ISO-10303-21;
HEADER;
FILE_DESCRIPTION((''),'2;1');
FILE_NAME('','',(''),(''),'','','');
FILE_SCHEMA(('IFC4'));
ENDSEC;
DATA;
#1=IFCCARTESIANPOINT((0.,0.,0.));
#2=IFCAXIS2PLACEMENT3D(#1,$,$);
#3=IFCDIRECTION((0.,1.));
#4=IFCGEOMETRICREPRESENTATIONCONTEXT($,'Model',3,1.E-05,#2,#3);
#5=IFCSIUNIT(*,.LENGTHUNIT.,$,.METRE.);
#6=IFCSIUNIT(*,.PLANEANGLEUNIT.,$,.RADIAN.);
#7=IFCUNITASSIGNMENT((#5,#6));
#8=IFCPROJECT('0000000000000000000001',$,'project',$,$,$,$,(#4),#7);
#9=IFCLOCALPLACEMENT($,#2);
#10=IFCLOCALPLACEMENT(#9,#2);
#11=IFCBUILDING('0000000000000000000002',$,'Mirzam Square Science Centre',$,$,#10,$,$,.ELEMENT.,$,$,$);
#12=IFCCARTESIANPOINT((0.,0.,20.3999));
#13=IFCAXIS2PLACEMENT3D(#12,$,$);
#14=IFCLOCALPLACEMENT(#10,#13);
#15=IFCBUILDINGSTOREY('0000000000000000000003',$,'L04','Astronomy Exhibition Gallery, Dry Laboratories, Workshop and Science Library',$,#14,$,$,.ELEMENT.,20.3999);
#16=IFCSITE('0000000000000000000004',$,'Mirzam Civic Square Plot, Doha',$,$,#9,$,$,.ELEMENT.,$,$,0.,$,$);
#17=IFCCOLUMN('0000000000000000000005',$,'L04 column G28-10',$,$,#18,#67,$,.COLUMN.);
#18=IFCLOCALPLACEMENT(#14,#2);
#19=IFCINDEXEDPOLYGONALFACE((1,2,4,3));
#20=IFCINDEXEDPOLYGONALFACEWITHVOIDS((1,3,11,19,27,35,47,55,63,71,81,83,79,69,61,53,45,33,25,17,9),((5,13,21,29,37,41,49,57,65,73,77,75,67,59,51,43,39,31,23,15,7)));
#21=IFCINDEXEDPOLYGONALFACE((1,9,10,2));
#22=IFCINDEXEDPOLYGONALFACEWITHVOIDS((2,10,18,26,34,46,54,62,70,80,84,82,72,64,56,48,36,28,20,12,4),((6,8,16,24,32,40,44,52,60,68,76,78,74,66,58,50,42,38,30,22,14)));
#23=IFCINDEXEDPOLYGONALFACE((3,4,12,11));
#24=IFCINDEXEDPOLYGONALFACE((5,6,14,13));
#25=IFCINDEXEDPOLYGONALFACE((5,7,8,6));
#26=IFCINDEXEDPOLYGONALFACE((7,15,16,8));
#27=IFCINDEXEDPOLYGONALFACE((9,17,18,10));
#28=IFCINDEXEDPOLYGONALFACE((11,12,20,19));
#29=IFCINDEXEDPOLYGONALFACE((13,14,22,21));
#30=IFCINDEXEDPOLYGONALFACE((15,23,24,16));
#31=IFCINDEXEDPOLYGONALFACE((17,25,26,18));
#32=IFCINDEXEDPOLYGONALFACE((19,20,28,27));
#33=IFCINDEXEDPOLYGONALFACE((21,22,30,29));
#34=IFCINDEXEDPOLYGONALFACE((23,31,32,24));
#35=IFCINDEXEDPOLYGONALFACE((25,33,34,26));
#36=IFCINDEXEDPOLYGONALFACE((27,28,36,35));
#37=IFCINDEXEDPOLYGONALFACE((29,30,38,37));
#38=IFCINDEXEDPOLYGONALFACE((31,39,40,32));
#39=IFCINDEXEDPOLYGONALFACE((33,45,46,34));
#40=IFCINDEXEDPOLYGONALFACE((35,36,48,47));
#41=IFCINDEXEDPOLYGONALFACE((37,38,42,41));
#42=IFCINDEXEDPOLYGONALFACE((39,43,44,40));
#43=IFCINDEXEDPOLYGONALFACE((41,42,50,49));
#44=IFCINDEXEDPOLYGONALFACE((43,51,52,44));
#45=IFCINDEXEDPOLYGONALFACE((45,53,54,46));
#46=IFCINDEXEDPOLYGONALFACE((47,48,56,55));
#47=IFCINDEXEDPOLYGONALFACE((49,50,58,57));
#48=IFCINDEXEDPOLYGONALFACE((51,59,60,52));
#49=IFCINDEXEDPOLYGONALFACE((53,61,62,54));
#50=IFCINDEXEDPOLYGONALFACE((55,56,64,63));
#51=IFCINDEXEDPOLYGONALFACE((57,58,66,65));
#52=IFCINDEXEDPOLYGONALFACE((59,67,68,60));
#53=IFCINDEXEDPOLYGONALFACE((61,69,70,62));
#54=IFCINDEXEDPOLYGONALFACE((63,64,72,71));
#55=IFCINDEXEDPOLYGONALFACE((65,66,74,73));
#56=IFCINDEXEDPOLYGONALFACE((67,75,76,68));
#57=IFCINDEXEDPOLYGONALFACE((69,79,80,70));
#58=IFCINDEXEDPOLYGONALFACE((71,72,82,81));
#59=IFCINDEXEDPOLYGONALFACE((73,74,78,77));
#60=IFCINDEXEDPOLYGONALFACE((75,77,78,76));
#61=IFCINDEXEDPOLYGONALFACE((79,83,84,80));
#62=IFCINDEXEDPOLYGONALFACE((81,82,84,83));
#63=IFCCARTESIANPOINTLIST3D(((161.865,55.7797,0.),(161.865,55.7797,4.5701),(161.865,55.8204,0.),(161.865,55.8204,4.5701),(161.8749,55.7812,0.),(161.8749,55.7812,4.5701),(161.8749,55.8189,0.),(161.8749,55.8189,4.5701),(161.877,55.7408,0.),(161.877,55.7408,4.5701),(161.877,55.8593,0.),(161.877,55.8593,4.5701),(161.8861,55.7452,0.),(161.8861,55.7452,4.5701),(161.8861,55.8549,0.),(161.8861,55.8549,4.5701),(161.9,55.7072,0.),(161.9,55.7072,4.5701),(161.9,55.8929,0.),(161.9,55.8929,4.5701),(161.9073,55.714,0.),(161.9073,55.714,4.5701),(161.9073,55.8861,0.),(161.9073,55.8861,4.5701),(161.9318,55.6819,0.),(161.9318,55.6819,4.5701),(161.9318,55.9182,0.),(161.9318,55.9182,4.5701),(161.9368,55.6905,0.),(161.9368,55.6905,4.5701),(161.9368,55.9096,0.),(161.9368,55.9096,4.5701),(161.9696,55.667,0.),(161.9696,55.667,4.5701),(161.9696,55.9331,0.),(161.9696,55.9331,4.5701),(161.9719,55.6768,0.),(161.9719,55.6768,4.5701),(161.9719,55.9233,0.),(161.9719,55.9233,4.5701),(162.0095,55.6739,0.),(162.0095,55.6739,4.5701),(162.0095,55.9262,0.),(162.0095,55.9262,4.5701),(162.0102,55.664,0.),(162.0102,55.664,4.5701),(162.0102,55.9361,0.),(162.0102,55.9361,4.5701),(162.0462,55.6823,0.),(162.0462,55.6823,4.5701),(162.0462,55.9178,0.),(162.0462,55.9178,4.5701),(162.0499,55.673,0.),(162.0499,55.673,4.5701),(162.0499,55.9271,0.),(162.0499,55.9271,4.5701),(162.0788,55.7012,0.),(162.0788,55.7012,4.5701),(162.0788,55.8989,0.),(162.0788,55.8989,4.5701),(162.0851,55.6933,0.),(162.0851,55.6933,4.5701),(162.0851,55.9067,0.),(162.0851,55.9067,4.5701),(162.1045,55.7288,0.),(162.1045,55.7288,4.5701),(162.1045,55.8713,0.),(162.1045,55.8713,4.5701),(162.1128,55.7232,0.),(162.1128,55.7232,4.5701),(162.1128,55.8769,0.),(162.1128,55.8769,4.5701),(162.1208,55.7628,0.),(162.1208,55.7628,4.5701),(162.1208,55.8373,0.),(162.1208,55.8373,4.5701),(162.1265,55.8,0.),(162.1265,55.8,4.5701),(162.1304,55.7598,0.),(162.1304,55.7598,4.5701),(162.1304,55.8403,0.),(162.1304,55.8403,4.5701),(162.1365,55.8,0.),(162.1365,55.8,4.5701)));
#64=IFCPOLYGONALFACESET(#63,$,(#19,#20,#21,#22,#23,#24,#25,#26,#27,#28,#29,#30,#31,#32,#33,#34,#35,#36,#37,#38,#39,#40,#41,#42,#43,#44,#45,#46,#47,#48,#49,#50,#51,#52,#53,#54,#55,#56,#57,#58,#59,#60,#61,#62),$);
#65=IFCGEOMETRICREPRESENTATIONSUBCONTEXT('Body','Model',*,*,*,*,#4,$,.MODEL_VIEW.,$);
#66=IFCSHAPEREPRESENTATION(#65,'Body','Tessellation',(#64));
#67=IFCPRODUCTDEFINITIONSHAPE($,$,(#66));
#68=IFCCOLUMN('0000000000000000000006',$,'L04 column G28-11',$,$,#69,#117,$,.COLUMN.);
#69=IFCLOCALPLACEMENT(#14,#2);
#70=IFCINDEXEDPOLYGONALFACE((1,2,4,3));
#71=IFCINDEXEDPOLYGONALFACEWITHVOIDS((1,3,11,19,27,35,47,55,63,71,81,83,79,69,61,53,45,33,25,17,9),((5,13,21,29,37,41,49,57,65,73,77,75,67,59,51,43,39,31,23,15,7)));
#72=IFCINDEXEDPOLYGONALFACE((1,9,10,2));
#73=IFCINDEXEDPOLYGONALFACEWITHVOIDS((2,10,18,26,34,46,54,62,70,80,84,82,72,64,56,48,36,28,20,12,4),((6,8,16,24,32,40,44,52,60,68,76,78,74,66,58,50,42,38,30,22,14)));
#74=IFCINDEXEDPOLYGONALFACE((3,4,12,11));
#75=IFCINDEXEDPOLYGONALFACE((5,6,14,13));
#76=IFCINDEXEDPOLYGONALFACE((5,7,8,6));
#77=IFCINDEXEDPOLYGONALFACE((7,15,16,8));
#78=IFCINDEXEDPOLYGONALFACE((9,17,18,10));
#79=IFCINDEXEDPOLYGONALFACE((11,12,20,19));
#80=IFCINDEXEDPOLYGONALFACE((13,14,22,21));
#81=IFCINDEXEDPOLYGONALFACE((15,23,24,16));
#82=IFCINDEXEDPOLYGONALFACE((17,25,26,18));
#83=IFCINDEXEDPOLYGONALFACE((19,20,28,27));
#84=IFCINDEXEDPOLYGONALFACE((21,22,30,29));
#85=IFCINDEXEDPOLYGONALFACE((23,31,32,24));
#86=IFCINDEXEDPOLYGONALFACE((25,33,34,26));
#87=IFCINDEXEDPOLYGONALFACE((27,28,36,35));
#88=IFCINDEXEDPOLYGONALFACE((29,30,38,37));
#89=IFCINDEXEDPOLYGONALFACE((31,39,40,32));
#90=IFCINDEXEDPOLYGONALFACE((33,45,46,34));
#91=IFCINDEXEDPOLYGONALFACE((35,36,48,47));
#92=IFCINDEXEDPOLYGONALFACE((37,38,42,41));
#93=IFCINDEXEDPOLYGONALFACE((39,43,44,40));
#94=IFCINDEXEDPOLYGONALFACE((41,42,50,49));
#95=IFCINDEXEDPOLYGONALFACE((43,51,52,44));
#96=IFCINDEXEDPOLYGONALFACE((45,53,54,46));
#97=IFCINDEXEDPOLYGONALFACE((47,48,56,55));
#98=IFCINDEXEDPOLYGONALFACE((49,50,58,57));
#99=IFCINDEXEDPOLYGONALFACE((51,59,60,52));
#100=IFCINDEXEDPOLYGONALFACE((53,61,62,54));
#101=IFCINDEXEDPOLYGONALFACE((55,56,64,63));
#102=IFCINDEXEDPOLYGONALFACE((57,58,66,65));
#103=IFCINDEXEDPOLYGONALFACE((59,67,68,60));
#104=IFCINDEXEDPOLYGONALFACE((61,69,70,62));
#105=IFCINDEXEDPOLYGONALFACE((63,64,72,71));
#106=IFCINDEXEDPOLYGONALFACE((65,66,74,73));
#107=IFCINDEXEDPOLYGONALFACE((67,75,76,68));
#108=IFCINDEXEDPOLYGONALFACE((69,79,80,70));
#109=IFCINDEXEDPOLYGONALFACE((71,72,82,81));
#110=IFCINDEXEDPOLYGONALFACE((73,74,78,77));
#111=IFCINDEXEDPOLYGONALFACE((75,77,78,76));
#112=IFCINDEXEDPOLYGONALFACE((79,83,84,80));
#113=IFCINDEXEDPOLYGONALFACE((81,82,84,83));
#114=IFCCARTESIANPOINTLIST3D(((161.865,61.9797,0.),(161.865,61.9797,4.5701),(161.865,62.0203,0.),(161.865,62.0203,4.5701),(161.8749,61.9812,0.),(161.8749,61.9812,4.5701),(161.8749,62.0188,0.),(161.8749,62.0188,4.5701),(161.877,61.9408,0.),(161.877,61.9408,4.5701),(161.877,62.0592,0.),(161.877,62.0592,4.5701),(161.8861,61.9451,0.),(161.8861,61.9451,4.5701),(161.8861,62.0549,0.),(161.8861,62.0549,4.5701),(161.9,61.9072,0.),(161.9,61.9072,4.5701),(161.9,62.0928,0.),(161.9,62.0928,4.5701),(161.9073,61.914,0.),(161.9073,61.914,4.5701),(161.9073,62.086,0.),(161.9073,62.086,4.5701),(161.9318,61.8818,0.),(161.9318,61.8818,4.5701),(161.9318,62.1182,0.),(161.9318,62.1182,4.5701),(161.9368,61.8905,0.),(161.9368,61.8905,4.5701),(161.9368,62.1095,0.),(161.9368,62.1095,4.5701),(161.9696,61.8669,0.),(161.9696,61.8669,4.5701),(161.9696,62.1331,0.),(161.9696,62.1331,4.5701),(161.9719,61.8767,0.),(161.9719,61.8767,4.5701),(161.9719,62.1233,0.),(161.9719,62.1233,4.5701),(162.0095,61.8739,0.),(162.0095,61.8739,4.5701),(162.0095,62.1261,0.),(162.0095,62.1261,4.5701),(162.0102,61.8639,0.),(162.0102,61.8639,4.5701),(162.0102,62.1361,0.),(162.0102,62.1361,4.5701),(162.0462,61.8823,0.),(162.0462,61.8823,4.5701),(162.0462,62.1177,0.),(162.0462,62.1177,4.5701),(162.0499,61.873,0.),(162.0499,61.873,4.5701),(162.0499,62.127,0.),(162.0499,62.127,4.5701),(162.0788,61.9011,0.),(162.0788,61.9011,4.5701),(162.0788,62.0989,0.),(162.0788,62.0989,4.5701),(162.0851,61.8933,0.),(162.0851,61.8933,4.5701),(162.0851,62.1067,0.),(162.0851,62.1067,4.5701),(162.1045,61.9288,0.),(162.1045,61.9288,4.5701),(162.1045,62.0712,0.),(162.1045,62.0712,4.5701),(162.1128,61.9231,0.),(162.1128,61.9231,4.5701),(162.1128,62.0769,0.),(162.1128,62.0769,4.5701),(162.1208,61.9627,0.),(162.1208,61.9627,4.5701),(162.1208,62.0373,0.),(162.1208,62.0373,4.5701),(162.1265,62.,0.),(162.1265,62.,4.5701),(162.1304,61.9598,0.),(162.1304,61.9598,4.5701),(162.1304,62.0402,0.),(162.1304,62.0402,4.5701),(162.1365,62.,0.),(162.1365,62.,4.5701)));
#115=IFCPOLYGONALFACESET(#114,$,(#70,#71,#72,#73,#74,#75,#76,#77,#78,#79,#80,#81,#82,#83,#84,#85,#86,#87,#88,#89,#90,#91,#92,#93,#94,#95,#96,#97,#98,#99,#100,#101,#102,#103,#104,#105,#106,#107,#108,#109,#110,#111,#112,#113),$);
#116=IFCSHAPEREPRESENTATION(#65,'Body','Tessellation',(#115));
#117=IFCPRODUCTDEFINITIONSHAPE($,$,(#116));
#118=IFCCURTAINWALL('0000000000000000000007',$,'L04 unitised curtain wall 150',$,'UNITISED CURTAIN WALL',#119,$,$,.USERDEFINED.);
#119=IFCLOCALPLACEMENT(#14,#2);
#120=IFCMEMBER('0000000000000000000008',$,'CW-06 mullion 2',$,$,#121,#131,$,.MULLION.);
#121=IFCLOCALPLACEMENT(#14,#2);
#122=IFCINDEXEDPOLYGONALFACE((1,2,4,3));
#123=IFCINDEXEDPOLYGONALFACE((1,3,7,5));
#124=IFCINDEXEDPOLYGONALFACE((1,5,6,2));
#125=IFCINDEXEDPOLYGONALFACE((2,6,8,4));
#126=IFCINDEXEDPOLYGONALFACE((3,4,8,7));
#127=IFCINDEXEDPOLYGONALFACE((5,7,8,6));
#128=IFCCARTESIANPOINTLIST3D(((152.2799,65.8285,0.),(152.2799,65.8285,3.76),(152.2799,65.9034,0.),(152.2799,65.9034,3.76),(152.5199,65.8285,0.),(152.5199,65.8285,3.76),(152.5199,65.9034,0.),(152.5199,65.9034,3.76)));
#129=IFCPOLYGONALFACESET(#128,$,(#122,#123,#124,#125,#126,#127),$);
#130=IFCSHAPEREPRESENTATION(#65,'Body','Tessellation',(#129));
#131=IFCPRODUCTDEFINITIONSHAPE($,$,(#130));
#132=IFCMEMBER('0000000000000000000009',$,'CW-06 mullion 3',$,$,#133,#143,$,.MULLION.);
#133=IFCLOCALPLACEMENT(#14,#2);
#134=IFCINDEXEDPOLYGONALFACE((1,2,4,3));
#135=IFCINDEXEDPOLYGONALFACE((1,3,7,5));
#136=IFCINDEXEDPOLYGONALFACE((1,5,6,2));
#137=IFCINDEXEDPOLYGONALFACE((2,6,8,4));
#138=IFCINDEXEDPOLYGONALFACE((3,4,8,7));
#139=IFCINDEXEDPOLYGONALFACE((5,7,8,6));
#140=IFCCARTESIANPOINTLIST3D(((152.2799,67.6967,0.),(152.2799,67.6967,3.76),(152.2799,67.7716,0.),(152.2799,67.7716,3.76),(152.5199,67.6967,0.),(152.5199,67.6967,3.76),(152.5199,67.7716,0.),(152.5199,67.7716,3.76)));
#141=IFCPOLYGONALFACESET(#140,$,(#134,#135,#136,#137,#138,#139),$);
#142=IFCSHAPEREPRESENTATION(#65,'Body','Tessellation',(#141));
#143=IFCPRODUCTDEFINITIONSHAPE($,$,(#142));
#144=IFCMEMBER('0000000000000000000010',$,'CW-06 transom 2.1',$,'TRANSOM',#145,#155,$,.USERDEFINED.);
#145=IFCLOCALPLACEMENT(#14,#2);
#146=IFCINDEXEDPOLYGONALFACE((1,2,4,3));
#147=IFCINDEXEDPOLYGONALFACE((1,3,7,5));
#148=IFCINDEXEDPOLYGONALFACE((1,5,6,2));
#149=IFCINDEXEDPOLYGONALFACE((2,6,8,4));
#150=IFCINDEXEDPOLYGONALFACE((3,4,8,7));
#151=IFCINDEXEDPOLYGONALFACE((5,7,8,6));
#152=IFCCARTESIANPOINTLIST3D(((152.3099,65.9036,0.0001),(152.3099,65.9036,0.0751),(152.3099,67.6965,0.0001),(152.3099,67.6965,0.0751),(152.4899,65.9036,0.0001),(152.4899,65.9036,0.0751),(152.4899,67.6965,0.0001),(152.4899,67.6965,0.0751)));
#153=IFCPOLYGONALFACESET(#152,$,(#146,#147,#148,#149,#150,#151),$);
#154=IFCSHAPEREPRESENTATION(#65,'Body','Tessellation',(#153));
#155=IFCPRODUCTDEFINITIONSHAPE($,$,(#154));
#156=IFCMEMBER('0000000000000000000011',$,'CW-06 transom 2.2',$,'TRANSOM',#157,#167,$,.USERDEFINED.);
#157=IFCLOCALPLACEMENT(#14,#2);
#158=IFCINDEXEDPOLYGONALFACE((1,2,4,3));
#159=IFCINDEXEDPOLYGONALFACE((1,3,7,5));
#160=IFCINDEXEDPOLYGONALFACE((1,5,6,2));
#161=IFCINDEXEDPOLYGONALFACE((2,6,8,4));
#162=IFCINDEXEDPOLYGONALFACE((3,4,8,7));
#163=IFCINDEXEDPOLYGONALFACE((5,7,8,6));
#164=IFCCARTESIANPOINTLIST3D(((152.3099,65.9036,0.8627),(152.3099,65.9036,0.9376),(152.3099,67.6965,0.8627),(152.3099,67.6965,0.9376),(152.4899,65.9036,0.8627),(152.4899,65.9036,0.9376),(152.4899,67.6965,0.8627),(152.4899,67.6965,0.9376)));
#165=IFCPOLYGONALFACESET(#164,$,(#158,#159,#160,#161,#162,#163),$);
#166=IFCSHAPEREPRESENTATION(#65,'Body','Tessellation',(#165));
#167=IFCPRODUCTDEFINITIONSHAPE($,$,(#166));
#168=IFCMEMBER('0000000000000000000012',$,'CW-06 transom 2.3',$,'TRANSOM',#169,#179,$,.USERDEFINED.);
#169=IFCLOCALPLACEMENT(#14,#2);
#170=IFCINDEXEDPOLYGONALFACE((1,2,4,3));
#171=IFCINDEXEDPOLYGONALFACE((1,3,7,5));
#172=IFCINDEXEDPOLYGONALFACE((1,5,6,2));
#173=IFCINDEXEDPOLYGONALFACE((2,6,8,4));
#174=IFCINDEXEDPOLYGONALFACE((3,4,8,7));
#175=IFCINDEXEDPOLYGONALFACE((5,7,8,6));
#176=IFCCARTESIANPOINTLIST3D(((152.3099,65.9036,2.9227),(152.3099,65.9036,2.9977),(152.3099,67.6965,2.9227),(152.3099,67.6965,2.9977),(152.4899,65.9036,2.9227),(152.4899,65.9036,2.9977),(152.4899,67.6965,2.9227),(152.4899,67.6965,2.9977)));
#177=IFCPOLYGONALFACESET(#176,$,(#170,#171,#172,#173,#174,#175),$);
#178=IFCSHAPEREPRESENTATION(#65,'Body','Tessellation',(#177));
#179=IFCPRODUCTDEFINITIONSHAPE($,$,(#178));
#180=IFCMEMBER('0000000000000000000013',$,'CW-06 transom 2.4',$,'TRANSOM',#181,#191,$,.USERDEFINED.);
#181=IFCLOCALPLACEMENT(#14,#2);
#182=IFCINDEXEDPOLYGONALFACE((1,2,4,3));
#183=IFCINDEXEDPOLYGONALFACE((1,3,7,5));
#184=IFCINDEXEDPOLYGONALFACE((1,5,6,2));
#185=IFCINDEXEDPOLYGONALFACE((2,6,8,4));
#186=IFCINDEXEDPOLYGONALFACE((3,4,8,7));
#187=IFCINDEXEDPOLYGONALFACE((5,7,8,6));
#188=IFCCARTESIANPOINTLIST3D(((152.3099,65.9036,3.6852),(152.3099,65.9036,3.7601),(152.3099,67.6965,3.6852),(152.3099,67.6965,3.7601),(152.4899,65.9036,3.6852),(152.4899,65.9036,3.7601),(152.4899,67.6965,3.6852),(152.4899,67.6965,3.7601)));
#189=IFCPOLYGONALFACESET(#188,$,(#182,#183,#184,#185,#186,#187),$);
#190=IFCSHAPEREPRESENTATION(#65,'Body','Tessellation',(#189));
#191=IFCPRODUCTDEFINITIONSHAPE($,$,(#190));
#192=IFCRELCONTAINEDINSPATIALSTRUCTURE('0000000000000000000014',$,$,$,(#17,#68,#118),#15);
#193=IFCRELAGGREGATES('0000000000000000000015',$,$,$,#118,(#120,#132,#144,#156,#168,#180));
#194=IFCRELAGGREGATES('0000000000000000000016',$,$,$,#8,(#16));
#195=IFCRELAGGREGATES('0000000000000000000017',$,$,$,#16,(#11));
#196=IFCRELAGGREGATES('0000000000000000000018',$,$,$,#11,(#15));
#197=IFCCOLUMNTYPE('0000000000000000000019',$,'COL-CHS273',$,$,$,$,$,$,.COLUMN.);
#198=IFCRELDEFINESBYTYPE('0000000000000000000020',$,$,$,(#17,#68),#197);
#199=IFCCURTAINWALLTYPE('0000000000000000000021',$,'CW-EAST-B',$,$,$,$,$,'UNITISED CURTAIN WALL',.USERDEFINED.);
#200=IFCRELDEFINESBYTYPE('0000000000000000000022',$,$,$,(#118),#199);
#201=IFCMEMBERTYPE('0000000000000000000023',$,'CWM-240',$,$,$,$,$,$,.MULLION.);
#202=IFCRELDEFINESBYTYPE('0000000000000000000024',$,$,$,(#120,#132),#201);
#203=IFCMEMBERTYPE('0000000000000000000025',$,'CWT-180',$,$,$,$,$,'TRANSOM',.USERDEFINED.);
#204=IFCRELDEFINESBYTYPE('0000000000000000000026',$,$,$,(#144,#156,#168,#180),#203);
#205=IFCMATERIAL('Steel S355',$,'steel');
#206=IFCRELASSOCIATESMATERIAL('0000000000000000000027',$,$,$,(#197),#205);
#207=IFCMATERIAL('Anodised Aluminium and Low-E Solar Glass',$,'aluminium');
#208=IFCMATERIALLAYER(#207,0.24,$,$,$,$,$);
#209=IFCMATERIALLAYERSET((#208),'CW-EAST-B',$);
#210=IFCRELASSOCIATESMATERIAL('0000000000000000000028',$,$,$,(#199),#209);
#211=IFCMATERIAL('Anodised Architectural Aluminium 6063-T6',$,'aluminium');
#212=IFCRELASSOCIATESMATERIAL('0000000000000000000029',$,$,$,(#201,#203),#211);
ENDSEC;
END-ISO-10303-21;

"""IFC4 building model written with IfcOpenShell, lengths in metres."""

from ifc_helpers import new_model, si_unit, direction, frame, origin, origin_2d, place, context, subcontext, project, spatial, rectangle, hollow_circle, extrude, material, layer, layer_set, material_profile, profile_set, type_object, element, aggregate, save


model = new_model("IFC4")

# Units and contexts
model_context = context("Model", 3, precision=1e-05, world=origin(), true_north=direction((0.0, 1.0)))
body_context = subcontext(model_context, "Body", "Model", "MODEL_VIEW")
ifc_project = project(units=[si_unit("LENGTHUNIT", "METRE"), si_unit("PLANEANGLEUNIT", "RADIAN")], contexts=[model_context])

# Site, building, storey
site_placement = place(None, origin())
site = spatial("IfcSite", under=ifc_project, at=site_placement, Name="Mirzam Civic Square Plot, Doha", CompositionType="ELEMENT", RefElevation=0.0)
building_placement = place(site_placement, origin())
building = spatial("IfcBuilding", under=site, at=building_placement, Name="Mirzam Square Science Centre", CompositionType="ELEMENT")
storey_placement = place(building_placement, frame((0.0, 0.0, 20.3999)))
storey = spatial("IfcBuildingStorey", under=building, at=storey_placement, Name="L04", Description="Astronomy Exhibition Gallery, Dry Laboratories, Workshop and Science Library", CompositionType="ELEMENT", Elevation=20.3999)

# Columns
ifc_material_1 = material(Name="Steel S355", Category="steel")
ifc_material_profile_1 = material_profile(ifc_material_1, hollow_circle(Radius=0.1365, WallThickness=0.01, at=origin_2d()), Name="273.0x10.0CHS")
ifc_profile_set_1 = profile_set([ifc_material_profile_1], Name="Steel S355")
column_type = type_object("IfcColumnType", Name="COL-CHS273", PredefinedType="COLUMN", material=ifc_profile_set_1)
for number, where, z_axis, x_axis, name in (
    (1, (162.0, 55.8, 0.0), (0.0, 0.0, 1.0), (1.0, 0.0, 0.0), "L04 column G28-10"),
    (2, (162.0, 62.0, 0.0), (0.0, 0.0, 1.0), (1.0, 0.0, 0.0), "L04 column G28-11"),
):
    element("IfcColumn", number, at=place(storey_placement, frame(where, z_axis=z_axis, x_axis=x_axis)), inside=storey, type_object=column_type, Name=name, PredefinedType="COLUMN", context=body_context, shape_type="SweptSolid", body=[
        extrude(hollow_circle(Radius=0.1365, WallThickness=0.01, at=origin_2d()), origin(), (0.0, 0.0, 1.0), 4.5701),
    ])

# Curtain wall, members
ifc_material_2 = material(Name="Anodised Aluminium and Low-E Solar Glass", Category="aluminium")
ifc_layer_1 = layer(ifc_material_2, 0.24)
ifc_layer_set_1 = layer_set([ifc_layer_1], Name="CW-EAST-B")
curtain_wall_type = type_object("IfcCurtainWallType", Name="CW-EAST-B", ElementType="UNITISED CURTAIN WALL", PredefinedType="USERDEFINED", material=ifc_layer_set_1)
curtain_wall_placement = place(storey_placement, origin())
curtain_wall = element("IfcCurtainWall", 3, at=curtain_wall_placement, inside=storey, type_object=curtain_wall_type, Name="L04 unitised curtain wall 150", ObjectType="UNITISED CURTAIN WALL", PredefinedType="USERDEFINED")
ifc_material_3 = material(Name="Anodised Architectural Aluminium 6063-T6", Category="aluminium")
ifc_material_profile_2 = material_profile(ifc_material_3, rectangle(XDim=0.075, YDim=0.24, at=origin_2d()), Name="ALU-MULL-240x75x5")
ifc_profile_set_2 = profile_set([ifc_material_profile_2], Name="Anodised Architectural Aluminium 6063-T6")
member_type_1 = type_object("IfcMemberType", Name="CWM-240", PredefinedType="MULLION", material=ifc_profile_set_2)
member_1_placement = place(storey_placement, frame((152.3999, 65.866, 0.0), z_axis=(0.0, 0.0, 1.0), x_axis=(0.0, 1.0, 0.0)))
member_1 = element("IfcMember", 4, at=member_1_placement, type_object=member_type_1, Name="CW-06 mullion 2", PredefinedType="MULLION", context=body_context, shape_type="SweptSolid", body=[
    extrude(rectangle(XDim=0.075, YDim=0.24, at=origin_2d()), origin(), (0.0, 0.0, 1.0), 3.76),
])
member_2_placement = place(storey_placement, frame((152.3999, 67.7341, 0.0), z_axis=(0.0, 0.0, 1.0), x_axis=(0.0, 1.0, 0.0)))
member_2 = element("IfcMember", 5, at=member_2_placement, type_object=member_type_1, Name="CW-06 mullion 3", PredefinedType="MULLION", context=body_context, shape_type="SweptSolid", body=[
    extrude(rectangle(XDim=0.075, YDim=0.24, at=origin_2d()), origin(), (0.0, 0.0, 1.0), 3.76),
])
ifc_material_profile_3 = material_profile(ifc_material_3, rectangle(XDim=0.1799, YDim=0.075, at=origin_2d()), Name="ALU-TRAN-180x75x5")
ifc_profile_set_3 = profile_set([ifc_material_profile_3], Name="Anodised Architectural Aluminium 6063-T6")
member_type_2 = type_object("IfcMemberType", Name="CWT-180", ElementType="TRANSOM", PredefinedType="USERDEFINED", material=ifc_profile_set_3)
member_3_placement = place(storey_placement, frame((152.3999, 65.9036, 0.0376), z_axis=(0.0, 1.0, 0.0), x_axis=(-1.0, 0.0, 0.0)))
member_3 = element("IfcMember", 6, at=member_3_placement, type_object=member_type_2, Name="CW-06 transom 2.1", ObjectType="TRANSOM", PredefinedType="USERDEFINED", context=body_context, shape_type="SweptSolid", body=[
    extrude(rectangle(XDim=0.1799, YDim=0.075, at=origin_2d()), origin(), (0.0, 0.0, 1.0), 1.793),
])
member_4_placement = place(storey_placement, frame((152.3999, 65.9036, 0.9001), z_axis=(0.0, 1.0, 0.0), x_axis=(-1.0, 0.0, 0.0)))
member_4 = element("IfcMember", 7, at=member_4_placement, type_object=member_type_2, Name="CW-06 transom 2.2", ObjectType="TRANSOM", PredefinedType="USERDEFINED", context=body_context, shape_type="SweptSolid", body=[
    extrude(rectangle(XDim=0.1799, YDim=0.075, at=origin_2d()), origin(), (0.0, 0.0, 1.0), 1.793),
])
member_5_placement = place(storey_placement, frame((152.3999, 65.9036, 2.9602), z_axis=(0.0, 1.0, 0.0), x_axis=(-1.0, 0.0, 0.0)))
member_5 = element("IfcMember", 8, at=member_5_placement, type_object=member_type_2, Name="CW-06 transom 2.3", ObjectType="TRANSOM", PredefinedType="USERDEFINED", context=body_context, shape_type="SweptSolid", body=[
    extrude(rectangle(XDim=0.1799, YDim=0.075, at=origin_2d()), origin(), (0.0, 0.0, 1.0), 1.793),
])
member_6_placement = place(storey_placement, frame((152.3999, 65.9036, 3.7227), z_axis=(0.0, 1.0, 0.0), x_axis=(-1.0, 0.0, 0.0)))
member_6 = element("IfcMember", 9, at=member_6_placement, type_object=member_type_2, Name="CW-06 transom 2.4", ObjectType="TRANSOM", PredefinedType="USERDEFINED", context=body_context, shape_type="SweptSolid", body=[
    extrude(rectangle(XDim=0.1799, YDim=0.075, at=origin_2d()), origin(), (0.0, 0.0, 1.0), 1.793),
])

aggregate(curtain_wall, [member_1, member_2, member_3, member_4, member_5, member_6])

save(model, "model.ifc")
